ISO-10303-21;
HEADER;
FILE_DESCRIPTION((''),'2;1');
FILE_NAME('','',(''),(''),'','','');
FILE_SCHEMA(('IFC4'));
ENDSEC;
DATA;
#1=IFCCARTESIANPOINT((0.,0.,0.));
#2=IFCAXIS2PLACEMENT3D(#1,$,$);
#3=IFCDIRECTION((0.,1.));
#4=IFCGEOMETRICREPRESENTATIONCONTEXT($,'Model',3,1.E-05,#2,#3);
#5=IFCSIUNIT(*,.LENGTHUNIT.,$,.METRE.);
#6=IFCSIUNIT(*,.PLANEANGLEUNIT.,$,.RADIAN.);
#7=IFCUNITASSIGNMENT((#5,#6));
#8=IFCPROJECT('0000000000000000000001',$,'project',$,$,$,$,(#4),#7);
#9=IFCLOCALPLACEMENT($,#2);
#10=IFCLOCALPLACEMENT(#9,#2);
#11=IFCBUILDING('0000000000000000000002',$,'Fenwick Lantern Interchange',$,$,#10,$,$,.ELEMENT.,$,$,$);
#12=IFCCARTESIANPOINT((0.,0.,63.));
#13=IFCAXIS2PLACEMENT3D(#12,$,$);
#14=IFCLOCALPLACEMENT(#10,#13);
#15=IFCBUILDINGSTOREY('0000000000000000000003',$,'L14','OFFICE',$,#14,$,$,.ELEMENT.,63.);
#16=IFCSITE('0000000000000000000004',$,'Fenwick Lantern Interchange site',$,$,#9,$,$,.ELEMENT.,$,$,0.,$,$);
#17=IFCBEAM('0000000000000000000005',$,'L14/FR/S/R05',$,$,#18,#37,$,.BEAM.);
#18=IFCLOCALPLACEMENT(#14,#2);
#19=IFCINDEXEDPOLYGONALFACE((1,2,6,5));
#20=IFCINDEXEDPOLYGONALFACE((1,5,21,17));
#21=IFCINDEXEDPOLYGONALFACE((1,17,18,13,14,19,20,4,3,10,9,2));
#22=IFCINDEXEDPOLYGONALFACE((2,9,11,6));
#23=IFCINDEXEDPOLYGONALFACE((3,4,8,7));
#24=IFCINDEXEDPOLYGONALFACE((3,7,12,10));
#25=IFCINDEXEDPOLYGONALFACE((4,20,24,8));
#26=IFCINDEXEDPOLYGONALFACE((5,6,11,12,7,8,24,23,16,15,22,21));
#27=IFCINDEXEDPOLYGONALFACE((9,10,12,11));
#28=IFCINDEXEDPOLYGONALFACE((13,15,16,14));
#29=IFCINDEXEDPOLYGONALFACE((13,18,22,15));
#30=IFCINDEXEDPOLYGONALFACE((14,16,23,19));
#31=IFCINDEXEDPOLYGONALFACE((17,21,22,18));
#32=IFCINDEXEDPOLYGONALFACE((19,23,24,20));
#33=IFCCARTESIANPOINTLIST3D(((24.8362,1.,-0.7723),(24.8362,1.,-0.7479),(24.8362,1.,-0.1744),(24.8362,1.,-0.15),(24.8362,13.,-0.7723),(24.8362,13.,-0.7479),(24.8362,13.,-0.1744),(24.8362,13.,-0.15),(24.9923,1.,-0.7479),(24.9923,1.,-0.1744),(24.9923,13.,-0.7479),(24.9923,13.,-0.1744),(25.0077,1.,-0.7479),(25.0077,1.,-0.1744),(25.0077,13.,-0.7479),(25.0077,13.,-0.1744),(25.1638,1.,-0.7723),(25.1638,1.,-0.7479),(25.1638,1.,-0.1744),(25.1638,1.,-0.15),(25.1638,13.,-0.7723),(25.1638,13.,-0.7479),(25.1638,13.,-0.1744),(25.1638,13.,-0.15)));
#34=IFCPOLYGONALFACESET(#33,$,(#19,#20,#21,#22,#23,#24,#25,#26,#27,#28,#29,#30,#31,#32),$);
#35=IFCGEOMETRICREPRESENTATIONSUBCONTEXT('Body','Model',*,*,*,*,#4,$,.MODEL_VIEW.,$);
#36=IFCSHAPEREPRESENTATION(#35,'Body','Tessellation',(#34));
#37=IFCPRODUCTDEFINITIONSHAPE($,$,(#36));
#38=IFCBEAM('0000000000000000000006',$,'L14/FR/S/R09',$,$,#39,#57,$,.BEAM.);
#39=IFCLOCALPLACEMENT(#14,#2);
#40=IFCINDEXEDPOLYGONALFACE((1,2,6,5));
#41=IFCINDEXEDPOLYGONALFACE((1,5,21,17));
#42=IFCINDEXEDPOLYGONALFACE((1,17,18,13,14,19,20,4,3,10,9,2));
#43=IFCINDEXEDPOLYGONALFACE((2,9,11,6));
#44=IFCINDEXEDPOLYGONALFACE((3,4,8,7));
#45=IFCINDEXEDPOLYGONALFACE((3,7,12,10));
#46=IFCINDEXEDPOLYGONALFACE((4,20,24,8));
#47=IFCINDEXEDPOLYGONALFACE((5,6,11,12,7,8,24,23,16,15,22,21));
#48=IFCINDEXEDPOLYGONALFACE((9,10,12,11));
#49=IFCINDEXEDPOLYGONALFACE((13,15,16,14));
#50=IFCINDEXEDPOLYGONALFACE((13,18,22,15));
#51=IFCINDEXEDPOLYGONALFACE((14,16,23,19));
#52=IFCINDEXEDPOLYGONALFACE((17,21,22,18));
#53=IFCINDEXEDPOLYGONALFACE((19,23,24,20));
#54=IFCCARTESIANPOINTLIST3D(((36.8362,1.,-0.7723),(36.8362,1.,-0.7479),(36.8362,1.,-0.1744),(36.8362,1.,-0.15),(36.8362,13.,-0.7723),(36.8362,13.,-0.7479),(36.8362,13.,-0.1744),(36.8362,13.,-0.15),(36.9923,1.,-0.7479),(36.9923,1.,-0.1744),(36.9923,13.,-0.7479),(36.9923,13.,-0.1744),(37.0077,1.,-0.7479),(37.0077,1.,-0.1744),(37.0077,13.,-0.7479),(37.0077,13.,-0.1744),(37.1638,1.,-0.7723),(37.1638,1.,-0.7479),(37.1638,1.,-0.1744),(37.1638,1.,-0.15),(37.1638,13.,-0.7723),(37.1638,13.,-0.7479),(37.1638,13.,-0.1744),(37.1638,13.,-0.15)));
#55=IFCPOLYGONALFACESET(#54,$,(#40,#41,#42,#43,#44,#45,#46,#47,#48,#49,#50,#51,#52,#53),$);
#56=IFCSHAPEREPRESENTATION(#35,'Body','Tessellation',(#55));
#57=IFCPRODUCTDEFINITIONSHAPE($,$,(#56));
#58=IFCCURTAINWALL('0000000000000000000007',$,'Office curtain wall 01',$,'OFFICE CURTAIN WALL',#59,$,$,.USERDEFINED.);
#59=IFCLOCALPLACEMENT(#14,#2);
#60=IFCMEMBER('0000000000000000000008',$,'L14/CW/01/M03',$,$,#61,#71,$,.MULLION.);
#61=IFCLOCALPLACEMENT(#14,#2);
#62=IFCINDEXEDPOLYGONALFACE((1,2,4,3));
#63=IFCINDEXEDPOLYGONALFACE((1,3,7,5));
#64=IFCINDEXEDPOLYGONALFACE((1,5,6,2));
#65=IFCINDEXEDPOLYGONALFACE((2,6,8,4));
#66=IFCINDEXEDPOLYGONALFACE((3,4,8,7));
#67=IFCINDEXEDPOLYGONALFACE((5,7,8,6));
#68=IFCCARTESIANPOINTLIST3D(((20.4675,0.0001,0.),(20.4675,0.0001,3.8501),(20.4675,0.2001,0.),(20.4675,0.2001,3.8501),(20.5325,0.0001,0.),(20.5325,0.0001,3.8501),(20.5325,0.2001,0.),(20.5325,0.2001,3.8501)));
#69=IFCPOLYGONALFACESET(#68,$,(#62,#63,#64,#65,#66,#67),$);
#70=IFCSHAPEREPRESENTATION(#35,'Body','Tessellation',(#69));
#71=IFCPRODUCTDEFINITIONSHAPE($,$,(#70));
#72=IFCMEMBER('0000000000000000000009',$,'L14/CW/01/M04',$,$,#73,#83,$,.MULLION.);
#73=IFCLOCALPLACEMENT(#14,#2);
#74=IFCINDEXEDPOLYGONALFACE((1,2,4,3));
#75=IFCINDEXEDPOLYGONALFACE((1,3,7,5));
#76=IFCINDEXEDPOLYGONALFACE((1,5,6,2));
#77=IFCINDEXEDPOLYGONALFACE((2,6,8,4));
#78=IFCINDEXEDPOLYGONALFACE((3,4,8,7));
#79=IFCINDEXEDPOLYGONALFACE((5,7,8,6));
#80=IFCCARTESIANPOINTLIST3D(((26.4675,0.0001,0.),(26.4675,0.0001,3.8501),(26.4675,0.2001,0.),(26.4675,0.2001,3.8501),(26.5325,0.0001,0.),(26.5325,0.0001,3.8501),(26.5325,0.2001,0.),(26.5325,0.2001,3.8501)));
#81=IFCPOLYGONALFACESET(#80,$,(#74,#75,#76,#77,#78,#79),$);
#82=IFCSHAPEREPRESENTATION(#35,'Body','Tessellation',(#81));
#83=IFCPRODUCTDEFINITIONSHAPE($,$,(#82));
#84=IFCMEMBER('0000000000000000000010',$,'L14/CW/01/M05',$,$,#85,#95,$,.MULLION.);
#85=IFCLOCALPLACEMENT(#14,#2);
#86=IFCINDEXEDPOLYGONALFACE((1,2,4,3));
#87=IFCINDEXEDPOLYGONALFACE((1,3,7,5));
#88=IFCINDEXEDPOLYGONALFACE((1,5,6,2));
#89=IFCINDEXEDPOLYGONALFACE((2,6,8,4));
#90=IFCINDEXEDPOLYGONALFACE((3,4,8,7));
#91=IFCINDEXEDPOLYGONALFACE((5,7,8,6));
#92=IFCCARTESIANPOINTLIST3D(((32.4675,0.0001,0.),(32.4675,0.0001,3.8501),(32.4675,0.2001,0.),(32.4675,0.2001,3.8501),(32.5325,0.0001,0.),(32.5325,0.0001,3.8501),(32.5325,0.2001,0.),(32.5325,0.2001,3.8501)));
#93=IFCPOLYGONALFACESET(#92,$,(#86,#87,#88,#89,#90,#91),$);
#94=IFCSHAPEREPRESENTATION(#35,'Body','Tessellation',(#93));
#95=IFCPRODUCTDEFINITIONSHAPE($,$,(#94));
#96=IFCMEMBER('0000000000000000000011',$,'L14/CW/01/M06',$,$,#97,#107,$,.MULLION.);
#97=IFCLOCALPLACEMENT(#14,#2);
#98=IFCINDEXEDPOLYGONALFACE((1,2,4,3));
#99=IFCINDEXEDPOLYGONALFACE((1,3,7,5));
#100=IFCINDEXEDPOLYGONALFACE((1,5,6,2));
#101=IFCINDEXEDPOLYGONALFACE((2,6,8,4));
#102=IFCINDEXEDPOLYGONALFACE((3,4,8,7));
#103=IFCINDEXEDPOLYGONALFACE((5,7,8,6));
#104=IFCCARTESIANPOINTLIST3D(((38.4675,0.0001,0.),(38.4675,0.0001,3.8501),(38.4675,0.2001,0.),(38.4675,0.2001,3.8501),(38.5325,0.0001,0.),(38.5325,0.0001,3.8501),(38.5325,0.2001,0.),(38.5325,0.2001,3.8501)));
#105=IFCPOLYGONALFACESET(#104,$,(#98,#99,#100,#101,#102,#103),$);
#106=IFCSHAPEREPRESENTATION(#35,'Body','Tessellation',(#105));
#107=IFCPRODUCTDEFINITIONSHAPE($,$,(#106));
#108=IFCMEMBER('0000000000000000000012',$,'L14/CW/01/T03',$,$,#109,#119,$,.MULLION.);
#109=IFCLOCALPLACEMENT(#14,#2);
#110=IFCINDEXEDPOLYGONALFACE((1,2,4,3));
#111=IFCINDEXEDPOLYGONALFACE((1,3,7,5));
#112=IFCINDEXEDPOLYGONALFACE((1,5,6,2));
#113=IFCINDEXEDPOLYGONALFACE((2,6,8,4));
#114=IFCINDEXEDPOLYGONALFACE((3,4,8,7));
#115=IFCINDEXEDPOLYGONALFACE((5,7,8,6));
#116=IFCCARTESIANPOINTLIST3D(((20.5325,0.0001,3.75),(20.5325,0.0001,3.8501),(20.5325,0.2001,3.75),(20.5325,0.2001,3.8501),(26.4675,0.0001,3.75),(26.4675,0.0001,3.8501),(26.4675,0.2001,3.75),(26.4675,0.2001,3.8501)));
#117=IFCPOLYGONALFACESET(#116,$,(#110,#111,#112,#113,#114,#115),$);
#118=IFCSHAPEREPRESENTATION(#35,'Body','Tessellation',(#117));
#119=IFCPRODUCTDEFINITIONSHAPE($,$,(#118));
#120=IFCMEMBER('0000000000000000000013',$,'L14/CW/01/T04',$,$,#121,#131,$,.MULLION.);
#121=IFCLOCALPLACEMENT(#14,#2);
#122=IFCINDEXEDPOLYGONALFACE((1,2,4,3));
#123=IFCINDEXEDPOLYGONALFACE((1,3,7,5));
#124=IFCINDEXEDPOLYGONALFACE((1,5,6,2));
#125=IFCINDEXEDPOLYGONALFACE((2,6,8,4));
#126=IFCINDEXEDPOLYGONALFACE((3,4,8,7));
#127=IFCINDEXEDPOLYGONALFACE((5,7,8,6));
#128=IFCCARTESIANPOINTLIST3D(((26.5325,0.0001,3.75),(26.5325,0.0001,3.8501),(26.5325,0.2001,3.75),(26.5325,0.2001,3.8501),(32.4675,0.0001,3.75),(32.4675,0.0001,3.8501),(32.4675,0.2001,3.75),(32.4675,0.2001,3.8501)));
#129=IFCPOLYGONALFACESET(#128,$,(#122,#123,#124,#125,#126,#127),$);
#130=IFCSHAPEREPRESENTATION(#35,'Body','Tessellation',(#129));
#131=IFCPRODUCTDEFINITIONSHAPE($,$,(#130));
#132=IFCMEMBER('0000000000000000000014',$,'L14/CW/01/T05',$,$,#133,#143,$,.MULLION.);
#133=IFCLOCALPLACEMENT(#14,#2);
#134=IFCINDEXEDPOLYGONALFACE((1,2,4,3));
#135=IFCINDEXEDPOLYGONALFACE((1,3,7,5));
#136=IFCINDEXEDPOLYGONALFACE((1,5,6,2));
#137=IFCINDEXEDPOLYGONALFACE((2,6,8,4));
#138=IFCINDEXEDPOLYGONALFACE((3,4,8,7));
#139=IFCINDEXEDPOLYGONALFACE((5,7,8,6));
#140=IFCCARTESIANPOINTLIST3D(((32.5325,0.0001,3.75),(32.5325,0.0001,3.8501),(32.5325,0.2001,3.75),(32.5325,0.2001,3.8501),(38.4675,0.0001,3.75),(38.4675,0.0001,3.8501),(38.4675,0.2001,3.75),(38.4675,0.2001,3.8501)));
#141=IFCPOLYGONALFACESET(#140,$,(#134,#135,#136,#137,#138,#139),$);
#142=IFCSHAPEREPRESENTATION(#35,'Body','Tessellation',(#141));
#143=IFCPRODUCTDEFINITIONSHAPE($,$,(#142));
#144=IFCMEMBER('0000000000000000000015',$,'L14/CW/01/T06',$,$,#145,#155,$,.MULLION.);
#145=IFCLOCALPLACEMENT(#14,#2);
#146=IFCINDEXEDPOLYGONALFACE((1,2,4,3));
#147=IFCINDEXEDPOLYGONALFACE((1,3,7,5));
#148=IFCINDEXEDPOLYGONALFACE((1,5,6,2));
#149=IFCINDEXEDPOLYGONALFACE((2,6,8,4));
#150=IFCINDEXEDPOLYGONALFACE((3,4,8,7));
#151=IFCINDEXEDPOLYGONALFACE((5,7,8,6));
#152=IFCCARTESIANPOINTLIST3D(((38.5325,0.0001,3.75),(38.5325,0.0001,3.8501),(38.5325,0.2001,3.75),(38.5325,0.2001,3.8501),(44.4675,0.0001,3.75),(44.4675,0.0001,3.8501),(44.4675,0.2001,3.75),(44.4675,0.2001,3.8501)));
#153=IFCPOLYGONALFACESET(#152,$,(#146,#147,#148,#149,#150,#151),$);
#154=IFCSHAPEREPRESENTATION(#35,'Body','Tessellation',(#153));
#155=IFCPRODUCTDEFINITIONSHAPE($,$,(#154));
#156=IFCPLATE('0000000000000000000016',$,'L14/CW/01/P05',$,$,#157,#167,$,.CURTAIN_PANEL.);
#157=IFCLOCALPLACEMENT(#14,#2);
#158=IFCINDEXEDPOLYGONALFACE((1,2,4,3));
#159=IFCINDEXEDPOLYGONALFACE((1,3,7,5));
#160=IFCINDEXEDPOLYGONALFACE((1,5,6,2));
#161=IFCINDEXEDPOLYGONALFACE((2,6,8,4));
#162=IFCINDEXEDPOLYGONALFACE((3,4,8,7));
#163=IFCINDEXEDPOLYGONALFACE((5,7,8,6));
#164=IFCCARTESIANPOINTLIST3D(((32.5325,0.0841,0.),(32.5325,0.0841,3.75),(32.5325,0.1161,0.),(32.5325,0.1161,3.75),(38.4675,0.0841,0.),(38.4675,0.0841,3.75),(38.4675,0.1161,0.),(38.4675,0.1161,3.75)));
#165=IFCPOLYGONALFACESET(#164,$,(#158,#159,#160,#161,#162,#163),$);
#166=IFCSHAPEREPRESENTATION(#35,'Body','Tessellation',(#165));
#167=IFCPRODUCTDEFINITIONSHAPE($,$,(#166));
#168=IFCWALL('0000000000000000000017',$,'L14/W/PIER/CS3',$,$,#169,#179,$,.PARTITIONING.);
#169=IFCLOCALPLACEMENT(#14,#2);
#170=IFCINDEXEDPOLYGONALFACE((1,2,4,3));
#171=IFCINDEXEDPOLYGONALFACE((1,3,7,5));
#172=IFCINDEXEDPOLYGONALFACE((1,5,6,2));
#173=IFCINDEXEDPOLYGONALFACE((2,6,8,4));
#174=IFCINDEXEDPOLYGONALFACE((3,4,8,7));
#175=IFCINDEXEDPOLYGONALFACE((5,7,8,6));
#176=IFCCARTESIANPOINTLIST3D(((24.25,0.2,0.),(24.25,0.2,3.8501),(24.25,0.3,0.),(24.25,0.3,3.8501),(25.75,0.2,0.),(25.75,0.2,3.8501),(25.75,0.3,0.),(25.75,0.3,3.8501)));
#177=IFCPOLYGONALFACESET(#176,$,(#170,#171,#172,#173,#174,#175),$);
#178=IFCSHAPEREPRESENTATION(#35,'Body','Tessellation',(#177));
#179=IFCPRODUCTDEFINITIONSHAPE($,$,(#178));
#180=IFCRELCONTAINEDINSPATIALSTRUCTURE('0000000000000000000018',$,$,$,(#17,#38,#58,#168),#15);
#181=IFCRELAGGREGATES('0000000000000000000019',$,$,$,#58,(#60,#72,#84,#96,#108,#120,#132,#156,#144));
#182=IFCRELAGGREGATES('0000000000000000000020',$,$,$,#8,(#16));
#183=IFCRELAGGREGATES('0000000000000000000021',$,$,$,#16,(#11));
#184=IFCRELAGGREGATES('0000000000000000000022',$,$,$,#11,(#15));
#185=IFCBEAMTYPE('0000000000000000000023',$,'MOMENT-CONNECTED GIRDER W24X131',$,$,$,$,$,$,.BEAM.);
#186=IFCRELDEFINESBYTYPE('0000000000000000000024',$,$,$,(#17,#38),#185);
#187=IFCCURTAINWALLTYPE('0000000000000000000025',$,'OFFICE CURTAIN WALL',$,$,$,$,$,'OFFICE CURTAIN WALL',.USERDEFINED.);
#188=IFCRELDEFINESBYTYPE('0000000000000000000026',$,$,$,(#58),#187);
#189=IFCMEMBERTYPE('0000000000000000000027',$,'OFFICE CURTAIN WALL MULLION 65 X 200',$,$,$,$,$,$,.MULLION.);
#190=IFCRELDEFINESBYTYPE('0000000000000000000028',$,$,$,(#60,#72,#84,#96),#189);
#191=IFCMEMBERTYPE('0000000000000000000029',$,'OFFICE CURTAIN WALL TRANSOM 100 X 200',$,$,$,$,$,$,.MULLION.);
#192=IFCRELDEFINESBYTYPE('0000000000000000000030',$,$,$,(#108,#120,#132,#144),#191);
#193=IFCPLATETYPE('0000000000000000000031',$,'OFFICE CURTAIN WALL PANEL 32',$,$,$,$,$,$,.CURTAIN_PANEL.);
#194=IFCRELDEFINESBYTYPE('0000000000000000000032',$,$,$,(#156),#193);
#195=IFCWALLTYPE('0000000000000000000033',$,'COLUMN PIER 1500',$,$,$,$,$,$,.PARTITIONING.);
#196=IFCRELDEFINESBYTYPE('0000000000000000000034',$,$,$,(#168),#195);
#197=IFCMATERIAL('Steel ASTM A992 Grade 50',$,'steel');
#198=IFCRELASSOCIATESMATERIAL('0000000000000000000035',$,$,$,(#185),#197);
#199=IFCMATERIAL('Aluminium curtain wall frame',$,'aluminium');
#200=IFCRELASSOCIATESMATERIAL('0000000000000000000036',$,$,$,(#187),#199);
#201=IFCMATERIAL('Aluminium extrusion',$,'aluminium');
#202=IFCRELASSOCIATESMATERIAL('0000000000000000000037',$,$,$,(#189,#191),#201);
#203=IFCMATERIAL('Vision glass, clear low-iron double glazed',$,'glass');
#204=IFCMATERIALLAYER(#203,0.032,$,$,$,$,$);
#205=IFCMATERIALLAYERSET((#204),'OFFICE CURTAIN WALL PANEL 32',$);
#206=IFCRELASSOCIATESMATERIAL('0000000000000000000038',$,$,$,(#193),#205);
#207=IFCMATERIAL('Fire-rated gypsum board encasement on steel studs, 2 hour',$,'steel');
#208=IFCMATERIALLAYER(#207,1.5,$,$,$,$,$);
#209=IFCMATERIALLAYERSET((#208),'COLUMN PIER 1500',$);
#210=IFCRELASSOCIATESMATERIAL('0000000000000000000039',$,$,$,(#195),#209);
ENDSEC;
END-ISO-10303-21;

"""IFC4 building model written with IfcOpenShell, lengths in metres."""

from ifc_helpers import new_model, si_unit, direction, frame, frame_2d, origin, origin_2d, place, context, subcontext, project, spatial, rectangle, i_section, extrude, material, layer, layer_set, material_profile, profile_set, type_object, element, aggregate, save


model = new_model("IFC4")

# Units and contexts
model_context = context("Model", 3, precision=1e-05, world=origin(), true_north=direction((0.0, 1.0)))
body_context = subcontext(model_context, "Body", "Model", "MODEL_VIEW")
ifc_project = project(units=[si_unit("LENGTHUNIT", "METRE"), si_unit("PLANEANGLEUNIT", "RADIAN")], contexts=[model_context])

# Site, building, storey
site_placement = place(None, origin())
site = spatial("IfcSite", under=ifc_project, at=site_placement, Name="Fenwick Lantern Interchange site", CompositionType="ELEMENT", RefElevation=0.0)
building_placement = place(site_placement, origin())
building = spatial("IfcBuilding", under=site, at=building_placement, Name="Fenwick Lantern Interchange", CompositionType="ELEMENT")
storey_placement = place(building_placement, frame((0.0, 0.0, 63.0)))
storey = spatial("IfcBuildingStorey", under=building, at=storey_placement, Name="L14", Description="OFFICE", CompositionType="ELEMENT", Elevation=63.0)

# Beams
ifc_material_1 = material(Name="Steel ASTM A992 Grade 50", Category="steel")
ifc_material_profile_1 = material_profile(ifc_material_1, i_section(OverallWidth=0.3276, OverallDepth=0.6223, WebThickness=0.0154, FlangeThickness=0.0244, at=origin_2d()), Name="W24X131")
ifc_profile_set_1 = profile_set([ifc_material_profile_1], Name="Steel ASTM A992 Grade 50")
beam_type_1 = type_object("IfcBeamType", Name="MOMENT-CONNECTED GIRDER W24X131", PredefinedType="BEAM", material=ifc_profile_set_1)
for number, where, z_axis, x_axis, name in (
    (1, (25.0, 1.0, -0.4612), (0.0, 1.0, 0.0), (-1.0, 0.0, 0.0), "L14/FR/S/R05"),
    (2, (37.0, 1.0, -0.4612), (0.0, 1.0, 0.0), (-1.0, 0.0, 0.0), "L14/FR/S/R09"),
):
    element("IfcBeam", number, at=place(storey_placement, frame(where, z_axis=z_axis, x_axis=x_axis)), inside=storey, type_object=beam_type_1, Name=name, PredefinedType="BEAM", context=body_context, shape_type="SweptSolid", body=[
        extrude(i_section(OverallWidth=0.3276, OverallDepth=0.6223, WebThickness=0.0154, FlangeThickness=0.0244, at=origin_2d()), origin(), (0.0, 0.0, 1.0), 12.0),
    ])

# Curtain wall, members, plate
ifc_material_2 = material(Name="Aluminium curtain wall frame", Category="aluminium")
curtain_wall_type = type_object("IfcCurtainWallType", Name="OFFICE CURTAIN WALL", ElementType="OFFICE CURTAIN WALL", PredefinedType="USERDEFINED", material=ifc_material_2)
curtain_wall_placement = place(storey_placement, origin())
curtain_wall = element("IfcCurtainWall", 3, at=curtain_wall_placement, inside=storey, type_object=curtain_wall_type, Name="Office curtain wall 01", ObjectType="OFFICE CURTAIN WALL", PredefinedType="USERDEFINED")
ifc_material_3 = material(Name="Aluminium extrusion", Category="aluminium")
ifc_material_profile_2 = material_profile(ifc_material_3, rectangle(XDim=0.2, YDim=0.0649, at=origin_2d()), Name="OFFICE CURTAIN WALL MULLION 65 X 200")
ifc_profile_set_2 = profile_set([ifc_material_profile_2], Name="Aluminium extrusion")
member_type_1 = type_object("IfcMemberType", Name="OFFICE CURTAIN WALL MULLION 65 X 200", PredefinedType="MULLION", material=ifc_profile_set_2)
member_1_placement = place(storey_placement, frame((20.5, 0.1001, 0.0), z_axis=(0.0, 0.0, 1.0), x_axis=(0.0, 1.0, 0.0)))
member_1 = element("IfcMember", 4, at=member_1_placement, type_object=member_type_1, Name="L14/CW/01/M03", PredefinedType="MULLION", context=body_context, shape_type="SweptSolid", body=[
    extrude(rectangle(XDim=0.2, YDim=0.0649, at=origin_2d()), origin(), (0.0, 0.0, 1.0), 3.8501),
])
member_2_placement = place(storey_placement, frame((26.5, 0.1001, 0.0), z_axis=(0.0, 0.0, 1.0), x_axis=(0.0, 1.0, 0.0)))
member_2 = element("IfcMember", 5, at=member_2_placement, type_object=member_type_1, Name="L14/CW/01/M04", PredefinedType="MULLION", context=body_context, shape_type="SweptSolid", body=[
    extrude(rectangle(XDim=0.2, YDim=0.0649, at=origin_2d()), origin(), (0.0, 0.0, 1.0), 3.8501),
])
member_3_placement = place(storey_placement, frame((32.5, 0.1001, 0.0), z_axis=(0.0, 0.0, 1.0), x_axis=(0.0, 1.0, 0.0)))
member_3 = element("IfcMember", 6, at=member_3_placement, type_object=member_type_1, Name="L14/CW/01/M05", PredefinedType="MULLION", context=body_context, shape_type="SweptSolid", body=[
    extrude(rectangle(XDim=0.2, YDim=0.0649, at=origin_2d()), origin(), (0.0, 0.0, 1.0), 3.8501),
])
member_4_placement = place(storey_placement, frame((38.5, 0.1001, 0.0), z_axis=(0.0, 0.0, 1.0), x_axis=(0.0, 1.0, 0.0)))
member_4 = element("IfcMember", 7, at=member_4_placement, type_object=member_type_1, Name="L14/CW/01/M06", PredefinedType="MULLION", context=body_context, shape_type="SweptSolid", body=[
    extrude(rectangle(XDim=0.2, YDim=0.0649, at=origin_2d()), origin(), (0.0, 0.0, 1.0), 3.8501),
])
ifc_material_profile_3 = material_profile(ifc_material_3, rectangle(XDim=0.2, YDim=0.1001, at=origin_2d()), Name="OFFICE CURTAIN WALL TRANSOM 100 X 200")
ifc_profile_set_3 = profile_set([ifc_material_profile_3], Name="Aluminium extrusion")
member_type_2 = type_object("IfcMemberType", Name="OFFICE CURTAIN WALL TRANSOM 100 X 200", PredefinedType="MULLION", material=ifc_profile_set_3)
member_5_placement = place(storey_placement, frame((20.5325, 0.1001, 3.8), z_axis=(1.0, 0.0, 0.0), x_axis=(0.0, 1.0, 0.0)))
member_5 = element("IfcMember", 8, at=member_5_placement, type_object=member_type_2, Name="L14/CW/01/T03", PredefinedType="MULLION", context=body_context, shape_type="SweptSolid", body=[
    extrude(rectangle(XDim=0.2, YDim=0.1001, at=origin_2d()), origin(), (0.0, 0.0, 1.0), 5.9351),
])
member_6_placement = place(storey_placement, frame((26.5325, 0.1001, 3.8), z_axis=(1.0, 0.0, 0.0), x_axis=(0.0, 1.0, 0.0)))
member_6 = element("IfcMember", 9, at=member_6_placement, type_object=member_type_2, Name="L14/CW/01/T04", PredefinedType="MULLION", context=body_context, shape_type="SweptSolid", body=[
    extrude(rectangle(XDim=0.2, YDim=0.1001, at=origin_2d()), origin(), (0.0, 0.0, 1.0), 5.9351),
])
member_7_placement = place(storey_placement, frame((32.5325, 0.1001, 3.8), z_axis=(1.0, 0.0, 0.0), x_axis=(0.0, 1.0, 0.0)))
member_7 = element("IfcMember", 10, at=member_7_placement, type_object=member_type_2, Name="L14/CW/01/T05", PredefinedType="MULLION", context=body_context, shape_type="SweptSolid", body=[
    extrude(rectangle(XDim=0.2, YDim=0.1001, at=origin_2d()), origin(), (0.0, 0.0, 1.0), 5.9351),
])
member_8_placement = place(storey_placement, frame((38.5325, 0.1001, 3.8), z_axis=(1.0, 0.0, 0.0), x_axis=(0.0, 1.0, 0.0)))
member_8 = element("IfcMember", 11, at=member_8_placement, type_object=member_type_2, Name="L14/CW/01/T06", PredefinedType="MULLION", context=body_context, shape_type="SweptSolid", body=[
    extrude(rectangle(XDim=0.2, YDim=0.1001, at=origin_2d()), origin(), (0.0, 0.0, 1.0), 5.9351),
])
ifc_material_4 = material(Name="Vision glass, clear low-iron double glazed", Category="glass")
ifc_layer_1 = layer(ifc_material_4, 0.032)
ifc_layer_set_1 = layer_set([ifc_layer_1], Name="OFFICE CURTAIN WALL PANEL 32")
plate_type = type_object("IfcPlateType", Name="OFFICE CURTAIN WALL PANEL 32", PredefinedType="CURTAIN_PANEL", material=ifc_layer_set_1)
plate_placement = place(storey_placement, frame((35.5, 0.1001, 0.0), z_axis=(0.0, 0.0, 1.0), x_axis=(1.0, 0.0, 0.0)))
plate = element("IfcPlate", 12, at=plate_placement, type_object=plate_type, Name="L14/CW/01/P05", PredefinedType="CURTAIN_PANEL", context=body_context, shape_type="SweptSolid", body=[
    extrude(rectangle(XDim=5.9351, YDim=0.032, at=origin_2d()), origin(), (0.0, 0.0, 1.0), 3.75),
])
aggregate(curtain_wall, [member_1, member_2, member_3, member_4, member_5, member_6, member_7, plate, member_8])

# Wall
ifc_material_5 = material(Name="Fire-rated gypsum board encasement on steel studs, 2 hour", Category="steel")
ifc_layer_2 = layer(ifc_material_5, 1.5)
ifc_layer_set_2 = layer_set([ifc_layer_2], Name="COLUMN PIER 1500")
wall_type_1 = type_object("IfcWallType", Name="COLUMN PIER 1500", PredefinedType="PARTITIONING", material=ifc_layer_set_2)
wall_1_placement = place(storey_placement, frame((25.0, 0.2, 0.0), z_axis=(0.0, 0.0, 1.0), x_axis=(0.0, 1.0, 0.0)))
element("IfcWall", 13, at=wall_1_placement, inside=storey, type_object=wall_type_1, Name="L14/W/PIER/CS3", PredefinedType="PARTITIONING", context=body_context, shape_type="SweptSolid", body=[
    extrude(rectangle(XDim=0.1001, YDim=1.5, at=frame_2d((0.05, 0.0))), origin(), (0.0, 0.0, 1.0), 3.8501),
])

save(model, "model.ifc")
